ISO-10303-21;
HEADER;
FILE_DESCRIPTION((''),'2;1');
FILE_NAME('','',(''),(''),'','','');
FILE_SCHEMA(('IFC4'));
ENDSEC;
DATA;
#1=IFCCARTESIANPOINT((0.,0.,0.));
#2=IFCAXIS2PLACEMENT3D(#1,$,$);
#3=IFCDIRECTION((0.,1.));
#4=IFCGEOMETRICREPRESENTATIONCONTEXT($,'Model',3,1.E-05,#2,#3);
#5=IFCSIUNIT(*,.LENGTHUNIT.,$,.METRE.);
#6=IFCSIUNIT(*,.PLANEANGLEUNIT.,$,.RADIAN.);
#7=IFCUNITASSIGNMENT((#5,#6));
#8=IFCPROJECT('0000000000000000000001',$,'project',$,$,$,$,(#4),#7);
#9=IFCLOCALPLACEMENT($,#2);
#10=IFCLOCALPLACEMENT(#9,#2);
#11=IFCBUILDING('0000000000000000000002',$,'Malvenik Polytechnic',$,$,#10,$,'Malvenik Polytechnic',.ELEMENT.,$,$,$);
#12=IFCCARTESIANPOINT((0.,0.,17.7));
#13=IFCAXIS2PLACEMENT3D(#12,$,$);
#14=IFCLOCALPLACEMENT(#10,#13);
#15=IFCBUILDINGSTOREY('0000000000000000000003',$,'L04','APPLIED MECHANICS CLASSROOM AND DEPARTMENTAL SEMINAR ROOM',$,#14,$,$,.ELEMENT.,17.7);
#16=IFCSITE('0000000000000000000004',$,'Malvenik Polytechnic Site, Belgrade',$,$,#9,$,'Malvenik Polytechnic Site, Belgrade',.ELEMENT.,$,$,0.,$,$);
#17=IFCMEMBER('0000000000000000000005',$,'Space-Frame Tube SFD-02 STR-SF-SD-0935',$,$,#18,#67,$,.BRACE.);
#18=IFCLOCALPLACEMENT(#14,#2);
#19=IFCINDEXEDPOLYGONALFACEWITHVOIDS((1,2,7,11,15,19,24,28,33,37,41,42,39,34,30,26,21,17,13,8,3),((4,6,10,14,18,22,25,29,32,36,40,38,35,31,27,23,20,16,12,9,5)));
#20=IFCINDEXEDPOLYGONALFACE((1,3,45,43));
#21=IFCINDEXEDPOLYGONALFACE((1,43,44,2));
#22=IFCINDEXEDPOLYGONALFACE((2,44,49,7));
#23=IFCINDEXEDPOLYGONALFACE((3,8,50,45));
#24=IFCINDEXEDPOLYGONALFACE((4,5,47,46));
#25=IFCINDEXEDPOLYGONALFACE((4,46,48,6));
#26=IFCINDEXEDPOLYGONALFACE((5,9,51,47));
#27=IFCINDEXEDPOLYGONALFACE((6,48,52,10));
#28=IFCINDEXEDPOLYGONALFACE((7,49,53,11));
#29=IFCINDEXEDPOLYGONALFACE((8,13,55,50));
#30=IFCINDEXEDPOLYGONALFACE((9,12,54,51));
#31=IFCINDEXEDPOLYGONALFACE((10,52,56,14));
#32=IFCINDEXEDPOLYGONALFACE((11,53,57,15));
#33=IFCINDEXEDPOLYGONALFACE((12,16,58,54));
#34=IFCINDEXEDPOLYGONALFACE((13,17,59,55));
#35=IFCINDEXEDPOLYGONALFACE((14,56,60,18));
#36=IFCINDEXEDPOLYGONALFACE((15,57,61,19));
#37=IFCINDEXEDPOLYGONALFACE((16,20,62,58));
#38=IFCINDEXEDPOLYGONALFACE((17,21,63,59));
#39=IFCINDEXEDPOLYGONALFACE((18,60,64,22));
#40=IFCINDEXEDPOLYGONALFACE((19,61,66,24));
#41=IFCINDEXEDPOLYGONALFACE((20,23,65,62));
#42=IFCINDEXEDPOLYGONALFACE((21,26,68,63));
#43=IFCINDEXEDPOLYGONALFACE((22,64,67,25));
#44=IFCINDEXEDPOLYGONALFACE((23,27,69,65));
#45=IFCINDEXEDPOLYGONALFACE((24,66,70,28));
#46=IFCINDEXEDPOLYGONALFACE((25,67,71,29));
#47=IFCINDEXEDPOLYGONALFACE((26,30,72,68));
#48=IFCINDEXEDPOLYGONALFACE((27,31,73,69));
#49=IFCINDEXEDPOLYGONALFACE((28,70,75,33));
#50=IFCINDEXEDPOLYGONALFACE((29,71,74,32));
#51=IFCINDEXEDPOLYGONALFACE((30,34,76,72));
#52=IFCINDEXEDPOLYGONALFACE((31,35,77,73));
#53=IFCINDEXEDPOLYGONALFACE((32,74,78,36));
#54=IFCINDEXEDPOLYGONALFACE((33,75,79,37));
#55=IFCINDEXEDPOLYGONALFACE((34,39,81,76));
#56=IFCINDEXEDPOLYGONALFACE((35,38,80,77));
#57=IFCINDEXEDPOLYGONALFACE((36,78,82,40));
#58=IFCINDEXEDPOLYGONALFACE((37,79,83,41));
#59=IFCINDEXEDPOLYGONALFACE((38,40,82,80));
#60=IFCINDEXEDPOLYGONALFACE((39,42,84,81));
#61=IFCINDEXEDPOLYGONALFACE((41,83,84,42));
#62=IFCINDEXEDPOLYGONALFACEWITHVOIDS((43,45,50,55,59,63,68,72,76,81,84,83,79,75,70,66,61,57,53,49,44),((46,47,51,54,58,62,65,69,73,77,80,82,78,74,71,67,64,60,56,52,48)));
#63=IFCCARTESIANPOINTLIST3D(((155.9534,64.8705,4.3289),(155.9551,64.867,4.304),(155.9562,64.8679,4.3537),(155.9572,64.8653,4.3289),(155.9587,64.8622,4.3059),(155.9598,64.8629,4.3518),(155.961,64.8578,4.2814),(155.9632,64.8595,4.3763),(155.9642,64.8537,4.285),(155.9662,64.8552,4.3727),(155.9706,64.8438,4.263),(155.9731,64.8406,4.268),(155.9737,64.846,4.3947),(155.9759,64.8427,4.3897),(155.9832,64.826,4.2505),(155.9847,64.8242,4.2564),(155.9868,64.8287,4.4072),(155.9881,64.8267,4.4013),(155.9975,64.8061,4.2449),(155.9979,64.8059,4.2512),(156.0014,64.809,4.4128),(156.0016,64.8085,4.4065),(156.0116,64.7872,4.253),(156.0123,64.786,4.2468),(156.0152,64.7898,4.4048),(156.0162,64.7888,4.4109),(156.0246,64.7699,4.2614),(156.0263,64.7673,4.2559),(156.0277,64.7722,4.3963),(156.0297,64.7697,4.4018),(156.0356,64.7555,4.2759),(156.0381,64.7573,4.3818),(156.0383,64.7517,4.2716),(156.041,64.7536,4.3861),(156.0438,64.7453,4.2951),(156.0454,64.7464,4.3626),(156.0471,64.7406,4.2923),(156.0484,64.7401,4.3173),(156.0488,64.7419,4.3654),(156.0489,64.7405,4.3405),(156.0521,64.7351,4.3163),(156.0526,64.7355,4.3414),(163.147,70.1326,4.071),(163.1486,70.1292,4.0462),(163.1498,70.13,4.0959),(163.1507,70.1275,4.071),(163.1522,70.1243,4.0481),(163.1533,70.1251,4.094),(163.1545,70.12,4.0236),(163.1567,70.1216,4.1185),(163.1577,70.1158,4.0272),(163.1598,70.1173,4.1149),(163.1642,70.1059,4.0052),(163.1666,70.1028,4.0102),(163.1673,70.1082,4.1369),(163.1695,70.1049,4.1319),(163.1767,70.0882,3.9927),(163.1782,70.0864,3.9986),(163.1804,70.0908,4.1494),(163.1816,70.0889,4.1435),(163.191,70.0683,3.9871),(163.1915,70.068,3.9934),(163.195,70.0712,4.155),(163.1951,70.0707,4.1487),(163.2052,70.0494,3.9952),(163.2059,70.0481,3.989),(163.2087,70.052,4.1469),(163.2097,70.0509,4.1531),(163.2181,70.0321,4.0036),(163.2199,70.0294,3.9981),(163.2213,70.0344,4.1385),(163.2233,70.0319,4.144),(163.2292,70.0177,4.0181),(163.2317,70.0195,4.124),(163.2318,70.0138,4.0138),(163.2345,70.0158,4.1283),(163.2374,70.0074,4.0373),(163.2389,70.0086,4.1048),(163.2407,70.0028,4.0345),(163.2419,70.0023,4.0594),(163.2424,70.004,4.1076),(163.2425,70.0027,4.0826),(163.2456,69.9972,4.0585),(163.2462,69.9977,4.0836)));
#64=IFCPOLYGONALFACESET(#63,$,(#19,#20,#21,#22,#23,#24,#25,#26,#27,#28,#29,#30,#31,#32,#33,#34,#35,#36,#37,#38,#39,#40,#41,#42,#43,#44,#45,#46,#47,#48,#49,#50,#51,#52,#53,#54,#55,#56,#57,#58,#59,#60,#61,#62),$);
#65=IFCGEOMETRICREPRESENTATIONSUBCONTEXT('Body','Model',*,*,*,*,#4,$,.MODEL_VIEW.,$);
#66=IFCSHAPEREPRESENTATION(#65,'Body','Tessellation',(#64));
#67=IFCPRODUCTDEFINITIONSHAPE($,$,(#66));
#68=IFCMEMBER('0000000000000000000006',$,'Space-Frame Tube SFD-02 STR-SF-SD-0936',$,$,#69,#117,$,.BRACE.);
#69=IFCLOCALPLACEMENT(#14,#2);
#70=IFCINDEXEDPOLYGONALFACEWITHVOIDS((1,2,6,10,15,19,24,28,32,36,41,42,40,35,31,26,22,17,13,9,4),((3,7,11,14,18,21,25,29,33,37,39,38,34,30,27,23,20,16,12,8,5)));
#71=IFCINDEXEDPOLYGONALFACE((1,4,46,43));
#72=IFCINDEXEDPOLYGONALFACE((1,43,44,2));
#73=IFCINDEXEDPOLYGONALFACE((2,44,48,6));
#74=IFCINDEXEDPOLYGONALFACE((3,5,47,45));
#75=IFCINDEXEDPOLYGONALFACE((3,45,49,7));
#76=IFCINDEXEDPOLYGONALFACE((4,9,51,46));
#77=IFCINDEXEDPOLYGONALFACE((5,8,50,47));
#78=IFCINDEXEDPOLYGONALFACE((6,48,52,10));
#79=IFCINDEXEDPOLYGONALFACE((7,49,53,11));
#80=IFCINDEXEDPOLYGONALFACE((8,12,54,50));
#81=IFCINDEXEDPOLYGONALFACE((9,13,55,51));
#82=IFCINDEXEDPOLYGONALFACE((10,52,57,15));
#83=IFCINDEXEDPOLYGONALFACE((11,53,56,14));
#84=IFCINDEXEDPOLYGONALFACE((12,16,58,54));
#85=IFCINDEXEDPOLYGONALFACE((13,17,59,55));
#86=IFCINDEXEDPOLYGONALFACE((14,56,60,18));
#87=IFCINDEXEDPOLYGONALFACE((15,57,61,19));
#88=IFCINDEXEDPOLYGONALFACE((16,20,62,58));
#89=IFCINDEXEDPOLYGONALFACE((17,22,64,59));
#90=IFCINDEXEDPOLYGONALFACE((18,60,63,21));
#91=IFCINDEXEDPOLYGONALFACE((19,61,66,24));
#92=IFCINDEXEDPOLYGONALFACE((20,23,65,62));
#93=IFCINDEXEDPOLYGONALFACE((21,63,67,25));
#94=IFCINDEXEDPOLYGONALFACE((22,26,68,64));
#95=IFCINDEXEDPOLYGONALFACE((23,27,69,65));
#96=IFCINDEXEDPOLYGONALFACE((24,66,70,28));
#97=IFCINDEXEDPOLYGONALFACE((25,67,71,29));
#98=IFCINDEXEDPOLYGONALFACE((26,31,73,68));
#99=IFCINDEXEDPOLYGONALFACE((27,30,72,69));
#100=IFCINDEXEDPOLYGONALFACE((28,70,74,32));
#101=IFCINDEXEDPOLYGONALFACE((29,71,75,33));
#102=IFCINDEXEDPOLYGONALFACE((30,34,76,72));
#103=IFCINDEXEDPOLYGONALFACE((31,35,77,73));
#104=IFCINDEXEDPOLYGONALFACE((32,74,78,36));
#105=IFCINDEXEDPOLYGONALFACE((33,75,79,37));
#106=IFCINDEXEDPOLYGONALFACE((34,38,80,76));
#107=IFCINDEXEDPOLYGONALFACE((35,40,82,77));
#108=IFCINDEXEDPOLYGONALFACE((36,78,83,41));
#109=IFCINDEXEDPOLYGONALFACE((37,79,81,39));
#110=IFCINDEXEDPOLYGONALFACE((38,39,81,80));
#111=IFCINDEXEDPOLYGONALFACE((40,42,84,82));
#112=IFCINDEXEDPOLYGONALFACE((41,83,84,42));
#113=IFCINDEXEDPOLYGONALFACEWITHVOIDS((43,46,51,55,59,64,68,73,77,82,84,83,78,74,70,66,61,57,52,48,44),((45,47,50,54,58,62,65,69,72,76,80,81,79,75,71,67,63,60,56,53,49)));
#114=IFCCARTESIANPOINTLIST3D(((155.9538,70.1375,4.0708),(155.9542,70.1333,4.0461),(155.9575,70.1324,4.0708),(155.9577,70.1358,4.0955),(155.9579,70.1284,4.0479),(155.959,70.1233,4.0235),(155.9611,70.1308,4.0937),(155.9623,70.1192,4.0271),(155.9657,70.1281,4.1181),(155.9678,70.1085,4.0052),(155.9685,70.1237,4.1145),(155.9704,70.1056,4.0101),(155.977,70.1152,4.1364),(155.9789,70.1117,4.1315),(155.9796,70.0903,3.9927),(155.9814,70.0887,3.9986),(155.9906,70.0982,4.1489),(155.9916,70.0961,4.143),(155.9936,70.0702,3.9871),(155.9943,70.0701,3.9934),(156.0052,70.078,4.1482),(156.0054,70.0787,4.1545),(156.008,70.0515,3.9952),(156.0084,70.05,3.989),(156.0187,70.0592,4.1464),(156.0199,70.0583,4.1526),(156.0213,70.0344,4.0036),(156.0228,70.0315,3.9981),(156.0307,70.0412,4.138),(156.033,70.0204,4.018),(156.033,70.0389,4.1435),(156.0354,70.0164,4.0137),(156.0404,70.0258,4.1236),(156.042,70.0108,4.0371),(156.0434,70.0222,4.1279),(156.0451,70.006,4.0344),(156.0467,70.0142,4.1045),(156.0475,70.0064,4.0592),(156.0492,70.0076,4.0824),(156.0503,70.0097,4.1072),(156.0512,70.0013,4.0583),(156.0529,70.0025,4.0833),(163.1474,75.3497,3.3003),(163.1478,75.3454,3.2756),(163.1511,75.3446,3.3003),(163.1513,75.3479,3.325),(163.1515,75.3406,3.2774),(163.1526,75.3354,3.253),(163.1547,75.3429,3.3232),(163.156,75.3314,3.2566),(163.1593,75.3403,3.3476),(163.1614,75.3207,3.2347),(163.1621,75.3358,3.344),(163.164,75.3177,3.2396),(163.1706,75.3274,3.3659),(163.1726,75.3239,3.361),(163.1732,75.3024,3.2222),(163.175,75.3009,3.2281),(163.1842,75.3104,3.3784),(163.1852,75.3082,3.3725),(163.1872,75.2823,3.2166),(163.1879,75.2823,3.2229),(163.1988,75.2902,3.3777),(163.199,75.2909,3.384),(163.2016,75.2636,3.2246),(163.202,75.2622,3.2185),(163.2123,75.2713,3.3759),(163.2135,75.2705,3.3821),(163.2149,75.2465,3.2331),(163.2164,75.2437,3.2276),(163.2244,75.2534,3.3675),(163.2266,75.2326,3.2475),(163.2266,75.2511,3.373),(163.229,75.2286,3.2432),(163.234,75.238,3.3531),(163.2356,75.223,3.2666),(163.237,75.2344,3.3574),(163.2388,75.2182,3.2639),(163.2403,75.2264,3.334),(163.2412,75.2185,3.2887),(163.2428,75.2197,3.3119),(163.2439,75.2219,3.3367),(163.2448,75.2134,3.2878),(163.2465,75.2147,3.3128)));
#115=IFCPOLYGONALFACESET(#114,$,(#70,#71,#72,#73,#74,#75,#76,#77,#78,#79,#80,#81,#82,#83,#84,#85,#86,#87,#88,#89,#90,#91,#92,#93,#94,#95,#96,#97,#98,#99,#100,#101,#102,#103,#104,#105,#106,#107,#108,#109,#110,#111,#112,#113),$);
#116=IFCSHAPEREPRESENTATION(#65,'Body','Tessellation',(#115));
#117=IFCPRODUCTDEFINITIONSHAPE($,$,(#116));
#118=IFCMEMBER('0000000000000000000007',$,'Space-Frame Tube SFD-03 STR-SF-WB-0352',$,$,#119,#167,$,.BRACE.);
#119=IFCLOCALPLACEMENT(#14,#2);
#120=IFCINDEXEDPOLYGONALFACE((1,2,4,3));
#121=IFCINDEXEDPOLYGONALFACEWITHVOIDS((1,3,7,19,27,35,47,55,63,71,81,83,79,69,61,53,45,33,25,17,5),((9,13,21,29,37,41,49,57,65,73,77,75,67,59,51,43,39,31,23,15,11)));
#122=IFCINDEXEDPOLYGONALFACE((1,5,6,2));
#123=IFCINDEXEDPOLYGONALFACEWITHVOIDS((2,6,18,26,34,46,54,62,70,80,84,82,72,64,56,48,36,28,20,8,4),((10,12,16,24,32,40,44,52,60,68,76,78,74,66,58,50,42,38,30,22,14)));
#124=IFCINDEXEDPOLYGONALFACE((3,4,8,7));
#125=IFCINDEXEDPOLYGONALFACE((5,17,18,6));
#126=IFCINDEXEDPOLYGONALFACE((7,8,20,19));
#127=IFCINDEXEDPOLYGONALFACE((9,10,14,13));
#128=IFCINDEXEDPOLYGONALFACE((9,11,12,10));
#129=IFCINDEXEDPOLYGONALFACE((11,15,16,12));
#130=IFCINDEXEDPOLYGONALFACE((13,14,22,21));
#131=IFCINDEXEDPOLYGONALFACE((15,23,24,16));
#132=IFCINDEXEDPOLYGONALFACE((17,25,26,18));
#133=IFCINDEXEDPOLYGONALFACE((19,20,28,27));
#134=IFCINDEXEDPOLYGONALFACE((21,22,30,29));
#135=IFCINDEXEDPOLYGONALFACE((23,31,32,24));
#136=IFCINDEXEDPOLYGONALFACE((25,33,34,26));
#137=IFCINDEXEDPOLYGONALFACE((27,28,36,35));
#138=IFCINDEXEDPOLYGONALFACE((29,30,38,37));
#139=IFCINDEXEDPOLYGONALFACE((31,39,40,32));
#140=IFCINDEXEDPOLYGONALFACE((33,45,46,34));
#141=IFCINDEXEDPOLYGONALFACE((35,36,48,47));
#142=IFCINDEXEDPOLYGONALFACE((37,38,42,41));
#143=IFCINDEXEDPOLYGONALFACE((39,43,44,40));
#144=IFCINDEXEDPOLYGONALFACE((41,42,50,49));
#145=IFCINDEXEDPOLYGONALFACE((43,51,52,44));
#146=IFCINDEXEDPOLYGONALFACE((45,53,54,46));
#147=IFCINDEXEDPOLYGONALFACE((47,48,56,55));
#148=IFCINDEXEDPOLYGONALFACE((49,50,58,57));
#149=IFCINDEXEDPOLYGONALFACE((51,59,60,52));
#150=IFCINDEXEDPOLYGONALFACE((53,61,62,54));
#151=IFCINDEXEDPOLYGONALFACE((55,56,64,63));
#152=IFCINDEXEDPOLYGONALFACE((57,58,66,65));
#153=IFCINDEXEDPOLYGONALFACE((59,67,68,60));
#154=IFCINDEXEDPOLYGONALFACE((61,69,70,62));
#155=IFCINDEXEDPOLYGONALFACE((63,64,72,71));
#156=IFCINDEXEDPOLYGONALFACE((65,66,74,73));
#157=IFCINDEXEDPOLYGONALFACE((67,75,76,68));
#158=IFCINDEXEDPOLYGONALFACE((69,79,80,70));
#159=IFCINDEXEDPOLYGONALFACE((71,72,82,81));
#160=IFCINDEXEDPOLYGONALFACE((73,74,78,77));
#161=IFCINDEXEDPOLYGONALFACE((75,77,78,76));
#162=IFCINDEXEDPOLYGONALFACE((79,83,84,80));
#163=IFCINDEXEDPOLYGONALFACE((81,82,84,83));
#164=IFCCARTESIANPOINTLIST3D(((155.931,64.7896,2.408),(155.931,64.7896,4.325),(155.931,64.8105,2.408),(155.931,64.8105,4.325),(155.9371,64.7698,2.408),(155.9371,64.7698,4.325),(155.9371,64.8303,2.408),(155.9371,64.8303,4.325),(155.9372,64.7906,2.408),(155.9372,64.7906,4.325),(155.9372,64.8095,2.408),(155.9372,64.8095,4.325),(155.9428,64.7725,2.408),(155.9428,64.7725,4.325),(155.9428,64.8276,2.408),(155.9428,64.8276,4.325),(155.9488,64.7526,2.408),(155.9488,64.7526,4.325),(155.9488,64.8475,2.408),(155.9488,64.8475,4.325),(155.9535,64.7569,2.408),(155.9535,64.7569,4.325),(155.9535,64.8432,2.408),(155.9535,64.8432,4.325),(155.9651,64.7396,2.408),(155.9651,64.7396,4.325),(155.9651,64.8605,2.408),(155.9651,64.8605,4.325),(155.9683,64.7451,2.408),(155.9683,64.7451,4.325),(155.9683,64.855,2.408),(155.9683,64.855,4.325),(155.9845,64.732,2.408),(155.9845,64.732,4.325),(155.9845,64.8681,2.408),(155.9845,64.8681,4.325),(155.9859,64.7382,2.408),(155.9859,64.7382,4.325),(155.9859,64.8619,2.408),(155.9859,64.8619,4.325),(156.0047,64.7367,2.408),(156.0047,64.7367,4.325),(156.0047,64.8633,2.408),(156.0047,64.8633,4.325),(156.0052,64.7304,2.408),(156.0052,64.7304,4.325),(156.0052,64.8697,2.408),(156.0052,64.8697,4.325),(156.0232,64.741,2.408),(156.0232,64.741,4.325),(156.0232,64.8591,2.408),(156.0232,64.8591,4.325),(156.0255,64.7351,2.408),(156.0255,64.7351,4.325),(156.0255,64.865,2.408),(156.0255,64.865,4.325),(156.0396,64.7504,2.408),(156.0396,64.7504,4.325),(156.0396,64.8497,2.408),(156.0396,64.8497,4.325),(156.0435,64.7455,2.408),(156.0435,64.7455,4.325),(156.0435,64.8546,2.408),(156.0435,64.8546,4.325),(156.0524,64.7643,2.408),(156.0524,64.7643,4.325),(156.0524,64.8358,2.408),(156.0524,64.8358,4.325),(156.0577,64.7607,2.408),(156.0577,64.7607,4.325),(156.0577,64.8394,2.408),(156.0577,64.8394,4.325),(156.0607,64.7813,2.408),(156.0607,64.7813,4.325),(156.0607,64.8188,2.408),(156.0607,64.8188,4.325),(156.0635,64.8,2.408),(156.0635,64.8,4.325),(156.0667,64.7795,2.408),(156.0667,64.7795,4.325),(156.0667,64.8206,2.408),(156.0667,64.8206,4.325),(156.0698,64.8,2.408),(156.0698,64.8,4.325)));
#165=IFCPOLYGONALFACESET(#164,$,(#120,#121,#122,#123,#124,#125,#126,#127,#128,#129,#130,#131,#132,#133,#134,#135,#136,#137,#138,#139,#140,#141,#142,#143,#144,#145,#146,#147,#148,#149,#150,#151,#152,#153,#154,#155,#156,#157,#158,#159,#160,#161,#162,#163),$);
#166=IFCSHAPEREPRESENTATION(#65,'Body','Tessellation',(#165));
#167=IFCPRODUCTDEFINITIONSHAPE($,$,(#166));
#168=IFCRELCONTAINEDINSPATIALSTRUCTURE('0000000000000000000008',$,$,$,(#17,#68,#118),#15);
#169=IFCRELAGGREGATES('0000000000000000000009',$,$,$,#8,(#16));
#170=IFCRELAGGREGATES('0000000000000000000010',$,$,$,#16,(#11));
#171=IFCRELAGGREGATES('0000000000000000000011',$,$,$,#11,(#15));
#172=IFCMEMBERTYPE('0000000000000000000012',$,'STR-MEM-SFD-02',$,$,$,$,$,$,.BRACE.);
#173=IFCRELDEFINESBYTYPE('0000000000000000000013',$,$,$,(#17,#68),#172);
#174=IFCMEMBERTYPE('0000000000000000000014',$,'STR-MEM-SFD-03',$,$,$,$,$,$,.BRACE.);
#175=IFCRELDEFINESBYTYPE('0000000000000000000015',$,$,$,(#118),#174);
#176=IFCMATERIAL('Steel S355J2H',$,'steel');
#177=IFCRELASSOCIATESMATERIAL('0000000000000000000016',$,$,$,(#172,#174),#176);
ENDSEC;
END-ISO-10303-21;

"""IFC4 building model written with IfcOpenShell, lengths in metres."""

from ifc_helpers import new_model, si_unit, direction, frame, origin, origin_2d, place, context, subcontext, project, spatial, hollow_circle, extrude, material, material_profile, profile_set, type_object, element, save


model = new_model("IFC4")

# Units and contexts
model_context = context("Model", 3, precision=1e-05, world=origin(), true_north=direction((0.0, 1.0)))
body_context = subcontext(model_context, "Body", "Model", "MODEL_VIEW")
ifc_project = project(units=[si_unit("LENGTHUNIT", "METRE"), si_unit("PLANEANGLEUNIT", "RADIAN")], contexts=[model_context])

# Site, building, storey
site_placement = place(None, origin())
site = spatial("IfcSite", under=ifc_project, at=site_placement, Name="Malvenik Polytechnic Site, Belgrade", LongName="Malvenik Polytechnic Site, Belgrade", CompositionType="ELEMENT", RefElevation=0.0)
building_placement = place(site_placement, origin())
building = spatial("IfcBuilding", under=site, at=building_placement, Name="Malvenik Polytechnic", LongName="Malvenik Polytechnic", CompositionType="ELEMENT")
storey_placement = place(building_placement, frame((0.0, 0.0, 17.7)))
storey = spatial("IfcBuildingStorey", under=building, at=storey_placement, Name="L04", Description="APPLIED MECHANICS CLASSROOM AND DEPARTMENTAL SEMINAR ROOM", CompositionType="ELEMENT", Elevation=17.7)

# Members
ifc_material_1 = material(Name="Steel S355J2H", Category="steel")
ifc_material_profile_1 = material_profile(ifc_material_1, hollow_circle(Radius=0.0842, WallThickness=0.0063, at=origin_2d()), Name="CHS 168.3x6.3")
ifc_profile_set_1 = profile_set([ifc_material_profile_1], Name="Steel S355J2H")
member_type_1 = type_object("IfcMemberType", Name="STR-MEM-SFD-02", PredefinedType="BRACE", material=ifc_profile_set_1)
member_1_placement = place(storey_placement, frame((156.0032, 64.8025, 4.3289), z_axis=(0.806768, 0.59016, -0.028914), x_axis=(-0.590407, 0.807105, 0.0)))
element("IfcMember", 1, at=member_1_placement, inside=storey, type_object=member_type_1, Name="Space-Frame Tube SFD-02 STR-SF-SD-0935", PredefinedType="BRACE", context=body_context, shape_type="SweptSolid", body=[
    extrude(hollow_circle(Radius=0.0842, WallThickness=0.0063, at=origin_2d()), origin(), (0.0, 0.0, 1.0), 8.9165),
])
member_2_placement = place(storey_placement, frame((156.0032, 70.0693, 4.0708), z_axis=(0.806753, 0.584536, -0.086411), x_axis=(-0.586731, 0.809782, 0.0)))
element("IfcMember", 2, at=member_2_placement, inside=storey, type_object=member_type_1, Name="Space-Frame Tube SFD-02 STR-SF-SD-0936", PredefinedType="BRACE", context=body_context, shape_type="SweptSolid", body=[
    extrude(hollow_circle(Radius=0.0842, WallThickness=0.0063, at=origin_2d()), origin(), (0.0, 0.0, 1.0), 8.9167),
])
ifc_material_profile_2 = material_profile(ifc_material_1, hollow_circle(Radius=0.0698, WallThickness=0.0063, at=origin_2d()), Name="CHS 139.7x6.3")
ifc_profile_set_2 = profile_set([ifc_material_profile_2], Name="Steel S355J2H")
member_type_2 = type_object("IfcMemberType", Name="STR-MEM-SFD-03", PredefinedType="BRACE", material=ifc_profile_set_2)
member_3_placement = place(storey_placement, frame((156.0, 64.8, 2.408), z_axis=(0.0, 0.0, 1.0), x_axis=(1.0, 0.0, 0.0)))
element("IfcMember", 3, at=member_3_placement, inside=storey, type_object=member_type_2, Name="Space-Frame Tube SFD-03 STR-SF-WB-0352", PredefinedType="BRACE", context=body_context, shape_type="SweptSolid", body=[
    extrude(hollow_circle(Radius=0.0698, WallThickness=0.0063, at=origin_2d()), origin(), (0.0, 0.0, 1.0), 1.917),
])

save(model, "model.ifc")
